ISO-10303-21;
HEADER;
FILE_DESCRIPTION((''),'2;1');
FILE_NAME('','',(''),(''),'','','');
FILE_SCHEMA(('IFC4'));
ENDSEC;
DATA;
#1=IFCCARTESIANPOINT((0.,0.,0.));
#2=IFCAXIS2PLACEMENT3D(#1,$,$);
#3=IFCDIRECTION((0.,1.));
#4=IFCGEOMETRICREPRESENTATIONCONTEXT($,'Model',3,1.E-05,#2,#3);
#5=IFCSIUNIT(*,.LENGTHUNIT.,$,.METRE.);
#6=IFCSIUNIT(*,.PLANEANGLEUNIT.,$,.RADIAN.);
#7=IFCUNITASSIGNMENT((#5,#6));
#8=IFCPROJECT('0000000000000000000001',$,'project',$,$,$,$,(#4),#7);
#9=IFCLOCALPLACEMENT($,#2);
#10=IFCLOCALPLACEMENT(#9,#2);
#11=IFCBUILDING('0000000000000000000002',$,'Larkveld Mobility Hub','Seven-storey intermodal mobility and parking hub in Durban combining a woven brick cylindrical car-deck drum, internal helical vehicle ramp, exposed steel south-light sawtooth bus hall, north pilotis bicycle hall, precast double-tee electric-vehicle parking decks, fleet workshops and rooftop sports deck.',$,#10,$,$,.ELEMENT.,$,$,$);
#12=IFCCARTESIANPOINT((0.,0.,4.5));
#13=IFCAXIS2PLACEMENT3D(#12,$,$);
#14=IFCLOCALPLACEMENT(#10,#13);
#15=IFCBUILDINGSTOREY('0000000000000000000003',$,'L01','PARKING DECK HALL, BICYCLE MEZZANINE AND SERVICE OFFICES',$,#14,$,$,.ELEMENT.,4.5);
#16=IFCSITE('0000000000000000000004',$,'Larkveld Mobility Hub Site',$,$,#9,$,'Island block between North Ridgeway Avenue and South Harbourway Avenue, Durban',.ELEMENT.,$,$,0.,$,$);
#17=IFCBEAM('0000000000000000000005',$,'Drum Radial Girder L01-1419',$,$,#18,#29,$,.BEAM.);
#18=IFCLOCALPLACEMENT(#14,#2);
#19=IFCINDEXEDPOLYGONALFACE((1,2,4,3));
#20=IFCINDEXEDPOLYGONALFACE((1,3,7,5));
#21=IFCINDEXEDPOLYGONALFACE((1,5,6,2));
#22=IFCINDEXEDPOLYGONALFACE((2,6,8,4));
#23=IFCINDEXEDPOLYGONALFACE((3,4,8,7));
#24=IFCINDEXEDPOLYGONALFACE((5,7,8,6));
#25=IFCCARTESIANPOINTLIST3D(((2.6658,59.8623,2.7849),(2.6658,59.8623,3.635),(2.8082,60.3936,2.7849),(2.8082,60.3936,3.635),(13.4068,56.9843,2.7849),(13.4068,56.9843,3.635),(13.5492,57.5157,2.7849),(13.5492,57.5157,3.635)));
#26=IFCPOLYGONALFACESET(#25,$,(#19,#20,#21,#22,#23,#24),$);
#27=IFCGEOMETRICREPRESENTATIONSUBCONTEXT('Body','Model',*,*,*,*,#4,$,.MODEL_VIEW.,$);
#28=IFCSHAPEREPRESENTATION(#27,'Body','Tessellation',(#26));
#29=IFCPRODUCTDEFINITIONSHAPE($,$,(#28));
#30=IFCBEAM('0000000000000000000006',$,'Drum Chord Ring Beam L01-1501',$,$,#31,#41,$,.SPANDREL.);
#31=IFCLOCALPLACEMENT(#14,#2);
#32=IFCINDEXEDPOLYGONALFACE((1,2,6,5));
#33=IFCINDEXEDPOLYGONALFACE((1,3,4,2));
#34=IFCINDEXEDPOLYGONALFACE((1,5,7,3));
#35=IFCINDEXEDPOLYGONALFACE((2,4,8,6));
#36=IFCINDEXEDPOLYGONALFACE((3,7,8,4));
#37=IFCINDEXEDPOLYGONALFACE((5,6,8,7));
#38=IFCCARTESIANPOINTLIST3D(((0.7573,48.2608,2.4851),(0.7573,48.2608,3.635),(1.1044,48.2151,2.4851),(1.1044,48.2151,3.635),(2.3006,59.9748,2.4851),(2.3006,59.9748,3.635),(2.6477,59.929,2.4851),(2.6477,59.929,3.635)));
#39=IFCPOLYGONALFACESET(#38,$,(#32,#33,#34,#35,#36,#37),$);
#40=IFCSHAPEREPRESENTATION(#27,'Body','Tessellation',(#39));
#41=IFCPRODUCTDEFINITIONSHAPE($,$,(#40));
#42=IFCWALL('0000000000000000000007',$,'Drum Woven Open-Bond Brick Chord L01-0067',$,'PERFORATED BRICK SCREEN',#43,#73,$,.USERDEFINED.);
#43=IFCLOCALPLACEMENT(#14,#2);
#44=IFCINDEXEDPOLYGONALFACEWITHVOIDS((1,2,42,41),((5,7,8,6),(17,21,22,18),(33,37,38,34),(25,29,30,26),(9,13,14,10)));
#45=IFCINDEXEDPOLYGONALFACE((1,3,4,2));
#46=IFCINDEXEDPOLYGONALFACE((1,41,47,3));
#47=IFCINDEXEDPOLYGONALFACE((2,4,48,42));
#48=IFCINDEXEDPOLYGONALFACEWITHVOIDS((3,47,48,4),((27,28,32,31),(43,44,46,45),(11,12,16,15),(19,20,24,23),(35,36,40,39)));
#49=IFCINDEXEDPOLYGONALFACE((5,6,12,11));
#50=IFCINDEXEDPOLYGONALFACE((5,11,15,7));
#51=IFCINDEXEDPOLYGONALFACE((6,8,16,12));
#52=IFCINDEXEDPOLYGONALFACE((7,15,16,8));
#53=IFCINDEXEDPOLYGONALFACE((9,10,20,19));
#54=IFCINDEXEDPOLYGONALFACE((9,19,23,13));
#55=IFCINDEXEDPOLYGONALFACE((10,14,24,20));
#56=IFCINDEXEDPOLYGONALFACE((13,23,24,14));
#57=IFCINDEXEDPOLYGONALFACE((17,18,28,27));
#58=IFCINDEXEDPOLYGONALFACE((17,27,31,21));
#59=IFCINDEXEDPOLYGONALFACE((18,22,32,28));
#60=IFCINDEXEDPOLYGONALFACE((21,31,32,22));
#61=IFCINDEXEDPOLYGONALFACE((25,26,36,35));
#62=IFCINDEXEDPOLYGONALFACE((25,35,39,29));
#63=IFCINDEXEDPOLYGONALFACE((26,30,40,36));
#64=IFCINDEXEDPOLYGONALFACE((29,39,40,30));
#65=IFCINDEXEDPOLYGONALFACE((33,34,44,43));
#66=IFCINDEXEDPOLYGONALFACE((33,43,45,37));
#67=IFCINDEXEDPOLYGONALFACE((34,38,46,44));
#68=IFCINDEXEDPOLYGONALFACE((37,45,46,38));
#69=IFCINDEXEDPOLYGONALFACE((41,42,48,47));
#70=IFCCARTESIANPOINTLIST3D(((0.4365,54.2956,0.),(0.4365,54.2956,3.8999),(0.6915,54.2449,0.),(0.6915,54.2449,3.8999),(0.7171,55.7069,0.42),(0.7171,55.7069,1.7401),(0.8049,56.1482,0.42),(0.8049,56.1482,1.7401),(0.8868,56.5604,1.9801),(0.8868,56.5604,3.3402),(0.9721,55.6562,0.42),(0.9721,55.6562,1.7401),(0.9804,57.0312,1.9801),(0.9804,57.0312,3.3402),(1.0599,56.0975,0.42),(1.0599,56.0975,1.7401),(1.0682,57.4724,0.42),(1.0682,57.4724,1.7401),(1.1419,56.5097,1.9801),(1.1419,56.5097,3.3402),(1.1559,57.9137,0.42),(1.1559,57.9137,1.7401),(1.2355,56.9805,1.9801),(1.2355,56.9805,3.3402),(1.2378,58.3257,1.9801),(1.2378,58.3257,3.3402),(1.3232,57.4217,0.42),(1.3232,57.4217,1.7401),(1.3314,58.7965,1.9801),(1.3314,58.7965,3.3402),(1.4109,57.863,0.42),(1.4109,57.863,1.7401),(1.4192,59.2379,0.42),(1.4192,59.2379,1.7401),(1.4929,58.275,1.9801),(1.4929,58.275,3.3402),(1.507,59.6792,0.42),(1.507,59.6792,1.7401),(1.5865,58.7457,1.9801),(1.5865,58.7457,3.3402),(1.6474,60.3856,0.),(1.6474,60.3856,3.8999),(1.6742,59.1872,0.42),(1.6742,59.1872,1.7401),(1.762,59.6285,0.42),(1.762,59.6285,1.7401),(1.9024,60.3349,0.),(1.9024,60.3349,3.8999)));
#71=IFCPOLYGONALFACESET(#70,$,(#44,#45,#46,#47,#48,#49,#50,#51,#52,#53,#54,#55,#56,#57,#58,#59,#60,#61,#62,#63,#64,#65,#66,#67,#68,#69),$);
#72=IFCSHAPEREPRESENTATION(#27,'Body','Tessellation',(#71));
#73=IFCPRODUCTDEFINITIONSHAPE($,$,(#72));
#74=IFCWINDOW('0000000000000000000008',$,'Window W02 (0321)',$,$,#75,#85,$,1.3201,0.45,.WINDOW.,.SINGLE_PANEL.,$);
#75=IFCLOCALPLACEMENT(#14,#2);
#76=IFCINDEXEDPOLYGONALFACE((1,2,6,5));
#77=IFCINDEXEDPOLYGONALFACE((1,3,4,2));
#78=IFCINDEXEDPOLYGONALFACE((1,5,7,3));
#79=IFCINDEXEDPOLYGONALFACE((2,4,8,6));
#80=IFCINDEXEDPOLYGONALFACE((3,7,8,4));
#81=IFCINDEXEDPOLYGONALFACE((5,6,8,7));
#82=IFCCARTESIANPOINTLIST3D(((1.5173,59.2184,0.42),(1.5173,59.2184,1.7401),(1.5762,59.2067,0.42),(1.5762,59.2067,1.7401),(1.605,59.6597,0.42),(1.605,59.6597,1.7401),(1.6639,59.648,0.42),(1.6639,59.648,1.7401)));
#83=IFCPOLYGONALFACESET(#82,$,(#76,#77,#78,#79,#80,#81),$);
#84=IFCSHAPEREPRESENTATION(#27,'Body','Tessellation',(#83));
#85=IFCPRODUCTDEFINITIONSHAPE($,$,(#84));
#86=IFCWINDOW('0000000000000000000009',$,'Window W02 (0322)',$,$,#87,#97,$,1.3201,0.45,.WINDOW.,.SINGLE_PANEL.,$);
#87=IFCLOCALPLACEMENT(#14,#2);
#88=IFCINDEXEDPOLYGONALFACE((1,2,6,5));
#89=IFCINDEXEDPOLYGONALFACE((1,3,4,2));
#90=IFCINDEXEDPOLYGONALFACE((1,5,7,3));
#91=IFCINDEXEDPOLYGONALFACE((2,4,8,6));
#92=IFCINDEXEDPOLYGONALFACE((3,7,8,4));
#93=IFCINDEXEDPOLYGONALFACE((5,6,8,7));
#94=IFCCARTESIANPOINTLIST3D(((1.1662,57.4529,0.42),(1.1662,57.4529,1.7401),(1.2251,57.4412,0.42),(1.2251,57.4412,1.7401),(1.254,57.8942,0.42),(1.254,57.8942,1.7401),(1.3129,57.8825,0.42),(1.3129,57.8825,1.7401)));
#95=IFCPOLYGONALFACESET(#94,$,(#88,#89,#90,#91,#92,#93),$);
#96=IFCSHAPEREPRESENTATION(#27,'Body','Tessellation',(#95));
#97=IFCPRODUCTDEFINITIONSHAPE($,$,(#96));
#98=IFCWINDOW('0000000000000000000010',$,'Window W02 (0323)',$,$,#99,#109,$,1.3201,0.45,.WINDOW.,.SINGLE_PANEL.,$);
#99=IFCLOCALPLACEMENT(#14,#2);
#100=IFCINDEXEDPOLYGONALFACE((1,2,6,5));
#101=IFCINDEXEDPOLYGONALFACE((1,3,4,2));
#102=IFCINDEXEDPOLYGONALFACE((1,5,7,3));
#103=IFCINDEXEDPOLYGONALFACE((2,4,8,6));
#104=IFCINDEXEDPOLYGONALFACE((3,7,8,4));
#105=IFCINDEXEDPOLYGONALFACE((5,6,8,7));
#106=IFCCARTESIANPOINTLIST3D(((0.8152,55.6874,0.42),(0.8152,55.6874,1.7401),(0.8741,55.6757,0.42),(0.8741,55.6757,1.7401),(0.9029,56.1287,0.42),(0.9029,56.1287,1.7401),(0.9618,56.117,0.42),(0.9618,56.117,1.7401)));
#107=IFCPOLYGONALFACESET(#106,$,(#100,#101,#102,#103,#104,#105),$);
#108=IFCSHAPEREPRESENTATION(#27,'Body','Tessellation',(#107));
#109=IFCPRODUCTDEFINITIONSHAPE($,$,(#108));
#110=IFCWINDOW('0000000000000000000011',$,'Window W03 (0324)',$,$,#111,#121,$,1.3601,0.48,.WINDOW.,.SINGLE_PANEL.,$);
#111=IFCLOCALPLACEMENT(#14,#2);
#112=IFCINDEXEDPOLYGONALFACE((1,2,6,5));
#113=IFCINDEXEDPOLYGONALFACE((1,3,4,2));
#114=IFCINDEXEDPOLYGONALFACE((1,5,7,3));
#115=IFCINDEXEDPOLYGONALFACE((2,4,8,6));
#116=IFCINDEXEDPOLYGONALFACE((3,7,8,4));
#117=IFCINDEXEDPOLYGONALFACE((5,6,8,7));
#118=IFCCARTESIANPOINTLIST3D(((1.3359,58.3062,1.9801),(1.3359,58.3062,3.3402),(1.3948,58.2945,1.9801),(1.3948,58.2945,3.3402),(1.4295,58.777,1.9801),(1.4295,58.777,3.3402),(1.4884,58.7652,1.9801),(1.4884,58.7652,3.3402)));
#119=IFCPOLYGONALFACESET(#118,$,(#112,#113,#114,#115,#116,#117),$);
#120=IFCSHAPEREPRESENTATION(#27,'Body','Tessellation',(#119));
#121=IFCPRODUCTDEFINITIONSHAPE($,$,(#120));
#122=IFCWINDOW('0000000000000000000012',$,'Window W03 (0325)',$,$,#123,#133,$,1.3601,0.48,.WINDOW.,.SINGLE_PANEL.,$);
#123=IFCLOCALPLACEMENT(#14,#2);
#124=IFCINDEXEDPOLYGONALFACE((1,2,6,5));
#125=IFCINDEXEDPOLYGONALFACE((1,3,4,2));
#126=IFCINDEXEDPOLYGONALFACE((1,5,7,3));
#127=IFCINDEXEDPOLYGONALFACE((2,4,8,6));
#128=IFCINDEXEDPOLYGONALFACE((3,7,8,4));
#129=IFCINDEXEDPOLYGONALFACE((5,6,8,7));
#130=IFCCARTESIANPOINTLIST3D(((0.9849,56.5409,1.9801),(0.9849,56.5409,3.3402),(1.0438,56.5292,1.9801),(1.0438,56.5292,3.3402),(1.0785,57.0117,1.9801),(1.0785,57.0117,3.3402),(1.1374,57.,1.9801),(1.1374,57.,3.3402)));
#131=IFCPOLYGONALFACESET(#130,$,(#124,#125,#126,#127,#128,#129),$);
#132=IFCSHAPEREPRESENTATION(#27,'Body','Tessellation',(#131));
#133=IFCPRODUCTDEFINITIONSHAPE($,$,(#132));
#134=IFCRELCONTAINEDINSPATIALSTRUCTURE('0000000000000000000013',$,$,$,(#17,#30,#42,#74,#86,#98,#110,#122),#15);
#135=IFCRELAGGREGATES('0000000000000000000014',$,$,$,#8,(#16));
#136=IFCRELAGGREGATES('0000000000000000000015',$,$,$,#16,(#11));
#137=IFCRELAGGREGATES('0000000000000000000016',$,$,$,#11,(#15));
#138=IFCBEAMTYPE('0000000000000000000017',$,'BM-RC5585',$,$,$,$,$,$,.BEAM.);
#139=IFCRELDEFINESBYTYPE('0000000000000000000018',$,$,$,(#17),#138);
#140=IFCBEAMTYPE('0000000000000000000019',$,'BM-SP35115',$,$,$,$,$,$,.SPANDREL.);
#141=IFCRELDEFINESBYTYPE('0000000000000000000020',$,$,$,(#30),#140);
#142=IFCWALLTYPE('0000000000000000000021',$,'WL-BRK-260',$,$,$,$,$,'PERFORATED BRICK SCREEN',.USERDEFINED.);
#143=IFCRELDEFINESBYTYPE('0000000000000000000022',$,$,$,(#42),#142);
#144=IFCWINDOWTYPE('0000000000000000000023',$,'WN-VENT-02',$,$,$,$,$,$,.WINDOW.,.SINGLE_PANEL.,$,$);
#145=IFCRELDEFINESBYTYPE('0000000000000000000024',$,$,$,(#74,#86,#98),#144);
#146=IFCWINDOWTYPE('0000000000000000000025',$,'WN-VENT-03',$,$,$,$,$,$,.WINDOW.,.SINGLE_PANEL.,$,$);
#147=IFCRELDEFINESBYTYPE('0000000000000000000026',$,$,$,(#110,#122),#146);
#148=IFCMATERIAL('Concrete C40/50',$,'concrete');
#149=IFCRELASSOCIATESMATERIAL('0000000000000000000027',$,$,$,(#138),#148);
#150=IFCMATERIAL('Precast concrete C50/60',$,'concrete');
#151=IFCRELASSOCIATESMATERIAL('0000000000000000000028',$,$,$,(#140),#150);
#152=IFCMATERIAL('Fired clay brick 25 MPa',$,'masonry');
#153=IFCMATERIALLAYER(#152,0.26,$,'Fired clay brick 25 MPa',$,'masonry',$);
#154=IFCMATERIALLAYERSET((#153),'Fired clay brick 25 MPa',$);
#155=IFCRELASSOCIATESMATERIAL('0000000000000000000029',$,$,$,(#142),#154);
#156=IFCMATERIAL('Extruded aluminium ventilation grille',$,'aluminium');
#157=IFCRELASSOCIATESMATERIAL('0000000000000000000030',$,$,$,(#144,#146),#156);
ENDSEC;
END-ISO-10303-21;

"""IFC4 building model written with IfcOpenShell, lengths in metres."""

from ifc_helpers import new_model, si_unit, direction, frame, frame_2d, origin, origin_2d, place, context, subcontext, project, spatial, rectangle, extrude, material, layer, layer_set, material_profile, profile_set, type_object, element, fill, save


model = new_model("IFC4")

# Units and contexts
model_context = context("Model", 3, precision=1e-05, world=origin(), true_north=direction((0.0, 1.0)))
body_context = subcontext(model_context, "Body", "Model", "MODEL_VIEW")
ifc_project = project(units=[si_unit("LENGTHUNIT", "METRE"), si_unit("PLANEANGLEUNIT", "RADIAN")], contexts=[model_context])

# Site, building, storey
site_placement = place(None, origin())
site = spatial("IfcSite", under=ifc_project, at=site_placement, Name="Larkveld Mobility Hub Site", LongName="Island block between North Ridgeway Avenue and South Harbourway Avenue, Durban", CompositionType="ELEMENT", RefElevation=0.0)
building_placement = place(site_placement, origin())
building = spatial("IfcBuilding", under=site, at=building_placement, Name="Larkveld Mobility Hub", Description="Seven-storey intermodal mobility and parking hub in Durban combining a woven brick cylindrical car-deck drum, internal helical vehicle ramp, exposed steel south-light sawtooth bus hall, north pilotis bicycle hall, precast double-tee electric-vehicle parking decks, fleet workshops and rooftop sports deck.", CompositionType="ELEMENT")
storey_placement = place(building_placement, frame((0.0, 0.0, 4.5)))
storey = spatial("IfcBuildingStorey", under=building, at=storey_placement, Name="L01", Description="PARKING DECK HALL, BICYCLE MEZZANINE AND SERVICE OFFICES", CompositionType="ELEMENT", Elevation=4.5)

# Shared definitions
ifc_material_1 = material(Name="Concrete C40/50", Category="concrete")

# Beams
ifc_material_profile_1 = material_profile(ifc_material_1, rectangle(XDim=0.55, YDim=0.8501, at=origin_2d()), Name="RC BM 550x850")
ifc_profile_set_1 = profile_set([ifc_material_profile_1], Name="Concrete C40/50")
beam_type_1 = type_object("IfcBeamType", Name="BM-RC5585", PredefinedType="BEAM", material=ifc_profile_set_1)
beam_1_placement = place(storey_placement, frame((13.478, 57.25, 3.21), z_axis=(-0.965928, 0.25881, 0.0), x_axis=(-0.25881, -0.965928, 0.0)))
element("IfcBeam", 1, at=beam_1_placement, inside=storey, type_object=beam_type_1, Name="Drum Radial Girder L01-1419", PredefinedType="BEAM", context=body_context, shape_type="SweptSolid", body=[
    extrude(rectangle(XDim=0.55, YDim=0.8501, at=origin_2d()), origin(), (0.0, 0.0, 1.0), 11.1199),
])
ifc_material_2 = material(Name="Precast concrete C50/60", Category="concrete")
ifc_material_profile_2 = material_profile(ifc_material_2, rectangle(XDim=0.3501, YDim=1.1499, at=origin_2d()), Name="PC SP 350x1150")
ifc_profile_set_2 = profile_set([ifc_material_profile_2], Name="Precast concrete C50/60")
beam_type_2 = type_object("IfcBeamType", Name="BM-SP35115", PredefinedType="SPANDREL", material=ifc_profile_set_2)
beam_2_placement = place(storey_placement, frame((2.4741, 59.9519, 3.0601), z_axis=(-0.130614, -0.991433, 0.0), x_axis=(0.991433, -0.130614, 0.0)))
element("IfcBeam", 2, at=beam_2_placement, inside=storey, type_object=beam_type_2, Name="Drum Chord Ring Beam L01-1501", PredefinedType="SPANDREL", context=body_context, shape_type="SweptSolid", body=[
    extrude(rectangle(XDim=0.3501, YDim=1.1499, at=origin_2d()), origin(), (0.0, 0.0, 1.0), 11.8152),
])

# Wall, openings, windows
ifc_material_3 = material(Name="Fired clay brick 25 MPa", Category="masonry")
ifc_layer_1 = layer(ifc_material_3, 0.26, Name="Fired clay brick 25 MPa", Category="masonry")
ifc_layer_set_1 = layer_set([ifc_layer_1], Name="Fired clay brick 25 MPa")
wall_type_1 = type_object("IfcWallType", Name="WL-BRK-260", ElementType="PERFORATED BRICK SCREEN", PredefinedType="USERDEFINED", material=ifc_layer_set_1)
wall_1_placement = place(storey_placement, frame((1.7749, 60.3601, 0.0), z_axis=(0.0, 0.0, 1.0), x_axis=(-0.19502, -0.980799, 0.0)))
wall_1 = element("IfcWall", 3, at=wall_1_placement, inside=storey, type_object=wall_type_1, Name="Drum Woven Open-Bond Brick Chord L01-0067", ObjectType="PERFORATED BRICK SCREEN", PredefinedType="USERDEFINED", context=body_context, shape_type="SweptSolid", body=[
    extrude(rectangle(XDim=6.2092, YDim=0.26, at=frame_2d((3.1045, 0.0))), origin(), (0.0, 0.0, 1.0), 3.8999),
])
opening_1_placement = place(wall_1_placement, frame((0.72, 0.0, 0.4199)))
opening_1 = element("IfcOpeningElement", 4, at=opening_1_placement, cuts=wall_1, PredefinedType="OPENING", context=body_context, shape_type="SweptSolid", body=[
    extrude(rectangle(XDim=0.45, YDim=1.3201, at=frame_2d((0.2251, 0.6602))), frame((0.0, 0.1401, 0.0), z_axis=(0.0, -1.0, 0.0), x_axis=(1.0, 0.0, 0.0)), (0.0, 0.0, 1.0), 0.28),
])
opening_2_placement = place(wall_1_placement, frame((2.52, 0.0, 0.4199)))
opening_2 = element("IfcOpeningElement", 5, at=opening_2_placement, cuts=wall_1, PredefinedType="OPENING", context=body_context, shape_type="SweptSolid", body=[
    extrude(rectangle(XDim=0.45, YDim=1.3201, at=frame_2d((0.2251, 0.6602))), frame((0.0, 0.1401, 0.0), z_axis=(0.0, -1.0, 0.0), x_axis=(1.0, 0.0, 0.0)), (0.0, 0.0, 1.0), 0.28),
])
opening_3_placement = place(wall_1_placement, frame((4.3201, 0.0, 0.4199)))
opening_3 = element("IfcOpeningElement", 6, at=opening_3_placement, cuts=wall_1, PredefinedType="OPENING", context=body_context, shape_type="SweptSolid", body=[
    extrude(rectangle(XDim=0.45, YDim=1.3201, at=frame_2d((0.2251, 0.6602))), frame((0.0, 0.1401, 0.0), z_axis=(0.0, -1.0, 0.0), x_axis=(1.0, 0.0, 0.0)), (0.0, 0.0, 1.0), 0.28),
])
opening_4_placement = place(wall_1_placement, frame((1.6201, 0.0, 1.98)))
opening_4 = element("IfcOpeningElement", 7, at=opening_4_placement, cuts=wall_1, PredefinedType="OPENING", context=body_context, shape_type="SweptSolid", body=[
    extrude(rectangle(XDim=0.48, YDim=1.3601, at=frame_2d((0.24, 0.6802))), frame((0.0, 0.1401, 0.0), z_axis=(0.0, -1.0, 0.0), x_axis=(1.0, 0.0, 0.0)), (0.0, 0.0, 1.0), 0.28),
])
opening_5_placement = place(wall_1_placement, frame((3.4199, 0.0, 1.98)))
opening_5 = element("IfcOpeningElement", 8, at=opening_5_placement, cuts=wall_1, PredefinedType="OPENING", context=body_context, shape_type="SweptSolid", body=[
    extrude(rectangle(XDim=0.48, YDim=1.3601, at=frame_2d((0.24, 0.6802))), frame((0.0, 0.1401, 0.0), z_axis=(0.0, -1.0, 0.0), x_axis=(1.0, 0.0, 0.0)), (0.0, 0.0, 1.0), 0.28),
])
ifc_material_4 = material(Name="Extruded aluminium ventilation grille", Category="aluminium")
window_type_1 = type_object("IfcWindowType", Name="WN-VENT-02", PartitioningType="SINGLE_PANEL", PredefinedType="WINDOW", material=ifc_material_4)
window_1_placement = place(opening_1_placement, origin())
window_1 = element("IfcWindow", 9, at=window_1_placement, inside=storey, type_object=window_type_1, Name="Window W02 (0321)", OverallHeight=1.3201, OverallWidth=0.45, PartitioningType="SINGLE_PANEL", PredefinedType="WINDOW", context=body_context, shape_type="SweptSolid", body=[
    extrude(rectangle(XDim=0.45, YDim=1.3201, at=frame_2d((0.2251, 0.6602))), frame((0.0, 0.03, 0.0), z_axis=(0.0, -1.0, 0.0), x_axis=(1.0, 0.0, 0.0)), (0.0, 0.0, 1.0), 0.0601),
])
fill(opening_1, window_1)
window_2_placement = place(opening_2_placement, origin())
window_2 = element("IfcWindow", 10, at=window_2_placement, inside=storey, type_object=window_type_1, Name="Window W02 (0322)", OverallHeight=1.3201, OverallWidth=0.45, PartitioningType="SINGLE_PANEL", PredefinedType="WINDOW", context=body_context, shape_type="SweptSolid", body=[
    extrude(rectangle(XDim=0.45, YDim=1.3201, at=frame_2d((0.2251, 0.6602))), frame((0.0, 0.03, 0.0), z_axis=(0.0, -1.0, 0.0), x_axis=(1.0, 0.0, 0.0)), (0.0, 0.0, 1.0), 0.0601),
])
fill(opening_2, window_2)
window_3_placement = place(opening_3_placement, origin())
window_3 = element("IfcWindow", 11, at=window_3_placement, inside=storey, type_object=window_type_1, Name="Window W02 (0323)", OverallHeight=1.3201, OverallWidth=0.45, PartitioningType="SINGLE_PANEL", PredefinedType="WINDOW", context=body_context, shape_type="SweptSolid", body=[
    extrude(rectangle(XDim=0.45, YDim=1.3201, at=frame_2d((0.2251, 0.6602))), frame((0.0, 0.03, 0.0), z_axis=(0.0, -1.0, 0.0), x_axis=(1.0, 0.0, 0.0)), (0.0, 0.0, 1.0), 0.0601),
])
fill(opening_3, window_3)
window_type_2 = type_object("IfcWindowType", Name="WN-VENT-03", PartitioningType="SINGLE_PANEL", PredefinedType="WINDOW", material=ifc_material_4)
window_4_placement = place(opening_4_placement, origin())
window_4 = element("IfcWindow", 12, at=window_4_placement, inside=storey, type_object=window_type_2, Name="Window W03 (0324)", OverallHeight=1.3601, OverallWidth=0.48, PartitioningType="SINGLE_PANEL", PredefinedType="WINDOW", context=body_context, shape_type="SweptSolid", body=[
    extrude(rectangle(XDim=0.48, YDim=1.3601, at=frame_2d((0.24, 0.6802))), frame((0.0, 0.03, 0.0), z_axis=(0.0, -1.0, 0.0), x_axis=(1.0, 0.0, 0.0)), (0.0, 0.0, 1.0), 0.0601),
])
fill(opening_4, window_4)
window_5_placement = place(opening_5_placement, origin())
window_5 = element("IfcWindow", 13, at=window_5_placement, inside=storey, type_object=window_type_2, Name="Window W03 (0325)", OverallHeight=1.3601, OverallWidth=0.48, PartitioningType="SINGLE_PANEL", PredefinedType="WINDOW", context=body_context, shape_type="SweptSolid", body=[
    extrude(rectangle(XDim=0.48, YDim=1.3601, at=frame_2d((0.24, 0.6802))), frame((0.0, 0.03, 0.0), z_axis=(0.0, -1.0, 0.0), x_axis=(1.0, 0.0, 0.0)), (0.0, 0.0, 1.0), 0.0601),
])
fill(opening_5, window_5)

save(model, "model.ifc")
